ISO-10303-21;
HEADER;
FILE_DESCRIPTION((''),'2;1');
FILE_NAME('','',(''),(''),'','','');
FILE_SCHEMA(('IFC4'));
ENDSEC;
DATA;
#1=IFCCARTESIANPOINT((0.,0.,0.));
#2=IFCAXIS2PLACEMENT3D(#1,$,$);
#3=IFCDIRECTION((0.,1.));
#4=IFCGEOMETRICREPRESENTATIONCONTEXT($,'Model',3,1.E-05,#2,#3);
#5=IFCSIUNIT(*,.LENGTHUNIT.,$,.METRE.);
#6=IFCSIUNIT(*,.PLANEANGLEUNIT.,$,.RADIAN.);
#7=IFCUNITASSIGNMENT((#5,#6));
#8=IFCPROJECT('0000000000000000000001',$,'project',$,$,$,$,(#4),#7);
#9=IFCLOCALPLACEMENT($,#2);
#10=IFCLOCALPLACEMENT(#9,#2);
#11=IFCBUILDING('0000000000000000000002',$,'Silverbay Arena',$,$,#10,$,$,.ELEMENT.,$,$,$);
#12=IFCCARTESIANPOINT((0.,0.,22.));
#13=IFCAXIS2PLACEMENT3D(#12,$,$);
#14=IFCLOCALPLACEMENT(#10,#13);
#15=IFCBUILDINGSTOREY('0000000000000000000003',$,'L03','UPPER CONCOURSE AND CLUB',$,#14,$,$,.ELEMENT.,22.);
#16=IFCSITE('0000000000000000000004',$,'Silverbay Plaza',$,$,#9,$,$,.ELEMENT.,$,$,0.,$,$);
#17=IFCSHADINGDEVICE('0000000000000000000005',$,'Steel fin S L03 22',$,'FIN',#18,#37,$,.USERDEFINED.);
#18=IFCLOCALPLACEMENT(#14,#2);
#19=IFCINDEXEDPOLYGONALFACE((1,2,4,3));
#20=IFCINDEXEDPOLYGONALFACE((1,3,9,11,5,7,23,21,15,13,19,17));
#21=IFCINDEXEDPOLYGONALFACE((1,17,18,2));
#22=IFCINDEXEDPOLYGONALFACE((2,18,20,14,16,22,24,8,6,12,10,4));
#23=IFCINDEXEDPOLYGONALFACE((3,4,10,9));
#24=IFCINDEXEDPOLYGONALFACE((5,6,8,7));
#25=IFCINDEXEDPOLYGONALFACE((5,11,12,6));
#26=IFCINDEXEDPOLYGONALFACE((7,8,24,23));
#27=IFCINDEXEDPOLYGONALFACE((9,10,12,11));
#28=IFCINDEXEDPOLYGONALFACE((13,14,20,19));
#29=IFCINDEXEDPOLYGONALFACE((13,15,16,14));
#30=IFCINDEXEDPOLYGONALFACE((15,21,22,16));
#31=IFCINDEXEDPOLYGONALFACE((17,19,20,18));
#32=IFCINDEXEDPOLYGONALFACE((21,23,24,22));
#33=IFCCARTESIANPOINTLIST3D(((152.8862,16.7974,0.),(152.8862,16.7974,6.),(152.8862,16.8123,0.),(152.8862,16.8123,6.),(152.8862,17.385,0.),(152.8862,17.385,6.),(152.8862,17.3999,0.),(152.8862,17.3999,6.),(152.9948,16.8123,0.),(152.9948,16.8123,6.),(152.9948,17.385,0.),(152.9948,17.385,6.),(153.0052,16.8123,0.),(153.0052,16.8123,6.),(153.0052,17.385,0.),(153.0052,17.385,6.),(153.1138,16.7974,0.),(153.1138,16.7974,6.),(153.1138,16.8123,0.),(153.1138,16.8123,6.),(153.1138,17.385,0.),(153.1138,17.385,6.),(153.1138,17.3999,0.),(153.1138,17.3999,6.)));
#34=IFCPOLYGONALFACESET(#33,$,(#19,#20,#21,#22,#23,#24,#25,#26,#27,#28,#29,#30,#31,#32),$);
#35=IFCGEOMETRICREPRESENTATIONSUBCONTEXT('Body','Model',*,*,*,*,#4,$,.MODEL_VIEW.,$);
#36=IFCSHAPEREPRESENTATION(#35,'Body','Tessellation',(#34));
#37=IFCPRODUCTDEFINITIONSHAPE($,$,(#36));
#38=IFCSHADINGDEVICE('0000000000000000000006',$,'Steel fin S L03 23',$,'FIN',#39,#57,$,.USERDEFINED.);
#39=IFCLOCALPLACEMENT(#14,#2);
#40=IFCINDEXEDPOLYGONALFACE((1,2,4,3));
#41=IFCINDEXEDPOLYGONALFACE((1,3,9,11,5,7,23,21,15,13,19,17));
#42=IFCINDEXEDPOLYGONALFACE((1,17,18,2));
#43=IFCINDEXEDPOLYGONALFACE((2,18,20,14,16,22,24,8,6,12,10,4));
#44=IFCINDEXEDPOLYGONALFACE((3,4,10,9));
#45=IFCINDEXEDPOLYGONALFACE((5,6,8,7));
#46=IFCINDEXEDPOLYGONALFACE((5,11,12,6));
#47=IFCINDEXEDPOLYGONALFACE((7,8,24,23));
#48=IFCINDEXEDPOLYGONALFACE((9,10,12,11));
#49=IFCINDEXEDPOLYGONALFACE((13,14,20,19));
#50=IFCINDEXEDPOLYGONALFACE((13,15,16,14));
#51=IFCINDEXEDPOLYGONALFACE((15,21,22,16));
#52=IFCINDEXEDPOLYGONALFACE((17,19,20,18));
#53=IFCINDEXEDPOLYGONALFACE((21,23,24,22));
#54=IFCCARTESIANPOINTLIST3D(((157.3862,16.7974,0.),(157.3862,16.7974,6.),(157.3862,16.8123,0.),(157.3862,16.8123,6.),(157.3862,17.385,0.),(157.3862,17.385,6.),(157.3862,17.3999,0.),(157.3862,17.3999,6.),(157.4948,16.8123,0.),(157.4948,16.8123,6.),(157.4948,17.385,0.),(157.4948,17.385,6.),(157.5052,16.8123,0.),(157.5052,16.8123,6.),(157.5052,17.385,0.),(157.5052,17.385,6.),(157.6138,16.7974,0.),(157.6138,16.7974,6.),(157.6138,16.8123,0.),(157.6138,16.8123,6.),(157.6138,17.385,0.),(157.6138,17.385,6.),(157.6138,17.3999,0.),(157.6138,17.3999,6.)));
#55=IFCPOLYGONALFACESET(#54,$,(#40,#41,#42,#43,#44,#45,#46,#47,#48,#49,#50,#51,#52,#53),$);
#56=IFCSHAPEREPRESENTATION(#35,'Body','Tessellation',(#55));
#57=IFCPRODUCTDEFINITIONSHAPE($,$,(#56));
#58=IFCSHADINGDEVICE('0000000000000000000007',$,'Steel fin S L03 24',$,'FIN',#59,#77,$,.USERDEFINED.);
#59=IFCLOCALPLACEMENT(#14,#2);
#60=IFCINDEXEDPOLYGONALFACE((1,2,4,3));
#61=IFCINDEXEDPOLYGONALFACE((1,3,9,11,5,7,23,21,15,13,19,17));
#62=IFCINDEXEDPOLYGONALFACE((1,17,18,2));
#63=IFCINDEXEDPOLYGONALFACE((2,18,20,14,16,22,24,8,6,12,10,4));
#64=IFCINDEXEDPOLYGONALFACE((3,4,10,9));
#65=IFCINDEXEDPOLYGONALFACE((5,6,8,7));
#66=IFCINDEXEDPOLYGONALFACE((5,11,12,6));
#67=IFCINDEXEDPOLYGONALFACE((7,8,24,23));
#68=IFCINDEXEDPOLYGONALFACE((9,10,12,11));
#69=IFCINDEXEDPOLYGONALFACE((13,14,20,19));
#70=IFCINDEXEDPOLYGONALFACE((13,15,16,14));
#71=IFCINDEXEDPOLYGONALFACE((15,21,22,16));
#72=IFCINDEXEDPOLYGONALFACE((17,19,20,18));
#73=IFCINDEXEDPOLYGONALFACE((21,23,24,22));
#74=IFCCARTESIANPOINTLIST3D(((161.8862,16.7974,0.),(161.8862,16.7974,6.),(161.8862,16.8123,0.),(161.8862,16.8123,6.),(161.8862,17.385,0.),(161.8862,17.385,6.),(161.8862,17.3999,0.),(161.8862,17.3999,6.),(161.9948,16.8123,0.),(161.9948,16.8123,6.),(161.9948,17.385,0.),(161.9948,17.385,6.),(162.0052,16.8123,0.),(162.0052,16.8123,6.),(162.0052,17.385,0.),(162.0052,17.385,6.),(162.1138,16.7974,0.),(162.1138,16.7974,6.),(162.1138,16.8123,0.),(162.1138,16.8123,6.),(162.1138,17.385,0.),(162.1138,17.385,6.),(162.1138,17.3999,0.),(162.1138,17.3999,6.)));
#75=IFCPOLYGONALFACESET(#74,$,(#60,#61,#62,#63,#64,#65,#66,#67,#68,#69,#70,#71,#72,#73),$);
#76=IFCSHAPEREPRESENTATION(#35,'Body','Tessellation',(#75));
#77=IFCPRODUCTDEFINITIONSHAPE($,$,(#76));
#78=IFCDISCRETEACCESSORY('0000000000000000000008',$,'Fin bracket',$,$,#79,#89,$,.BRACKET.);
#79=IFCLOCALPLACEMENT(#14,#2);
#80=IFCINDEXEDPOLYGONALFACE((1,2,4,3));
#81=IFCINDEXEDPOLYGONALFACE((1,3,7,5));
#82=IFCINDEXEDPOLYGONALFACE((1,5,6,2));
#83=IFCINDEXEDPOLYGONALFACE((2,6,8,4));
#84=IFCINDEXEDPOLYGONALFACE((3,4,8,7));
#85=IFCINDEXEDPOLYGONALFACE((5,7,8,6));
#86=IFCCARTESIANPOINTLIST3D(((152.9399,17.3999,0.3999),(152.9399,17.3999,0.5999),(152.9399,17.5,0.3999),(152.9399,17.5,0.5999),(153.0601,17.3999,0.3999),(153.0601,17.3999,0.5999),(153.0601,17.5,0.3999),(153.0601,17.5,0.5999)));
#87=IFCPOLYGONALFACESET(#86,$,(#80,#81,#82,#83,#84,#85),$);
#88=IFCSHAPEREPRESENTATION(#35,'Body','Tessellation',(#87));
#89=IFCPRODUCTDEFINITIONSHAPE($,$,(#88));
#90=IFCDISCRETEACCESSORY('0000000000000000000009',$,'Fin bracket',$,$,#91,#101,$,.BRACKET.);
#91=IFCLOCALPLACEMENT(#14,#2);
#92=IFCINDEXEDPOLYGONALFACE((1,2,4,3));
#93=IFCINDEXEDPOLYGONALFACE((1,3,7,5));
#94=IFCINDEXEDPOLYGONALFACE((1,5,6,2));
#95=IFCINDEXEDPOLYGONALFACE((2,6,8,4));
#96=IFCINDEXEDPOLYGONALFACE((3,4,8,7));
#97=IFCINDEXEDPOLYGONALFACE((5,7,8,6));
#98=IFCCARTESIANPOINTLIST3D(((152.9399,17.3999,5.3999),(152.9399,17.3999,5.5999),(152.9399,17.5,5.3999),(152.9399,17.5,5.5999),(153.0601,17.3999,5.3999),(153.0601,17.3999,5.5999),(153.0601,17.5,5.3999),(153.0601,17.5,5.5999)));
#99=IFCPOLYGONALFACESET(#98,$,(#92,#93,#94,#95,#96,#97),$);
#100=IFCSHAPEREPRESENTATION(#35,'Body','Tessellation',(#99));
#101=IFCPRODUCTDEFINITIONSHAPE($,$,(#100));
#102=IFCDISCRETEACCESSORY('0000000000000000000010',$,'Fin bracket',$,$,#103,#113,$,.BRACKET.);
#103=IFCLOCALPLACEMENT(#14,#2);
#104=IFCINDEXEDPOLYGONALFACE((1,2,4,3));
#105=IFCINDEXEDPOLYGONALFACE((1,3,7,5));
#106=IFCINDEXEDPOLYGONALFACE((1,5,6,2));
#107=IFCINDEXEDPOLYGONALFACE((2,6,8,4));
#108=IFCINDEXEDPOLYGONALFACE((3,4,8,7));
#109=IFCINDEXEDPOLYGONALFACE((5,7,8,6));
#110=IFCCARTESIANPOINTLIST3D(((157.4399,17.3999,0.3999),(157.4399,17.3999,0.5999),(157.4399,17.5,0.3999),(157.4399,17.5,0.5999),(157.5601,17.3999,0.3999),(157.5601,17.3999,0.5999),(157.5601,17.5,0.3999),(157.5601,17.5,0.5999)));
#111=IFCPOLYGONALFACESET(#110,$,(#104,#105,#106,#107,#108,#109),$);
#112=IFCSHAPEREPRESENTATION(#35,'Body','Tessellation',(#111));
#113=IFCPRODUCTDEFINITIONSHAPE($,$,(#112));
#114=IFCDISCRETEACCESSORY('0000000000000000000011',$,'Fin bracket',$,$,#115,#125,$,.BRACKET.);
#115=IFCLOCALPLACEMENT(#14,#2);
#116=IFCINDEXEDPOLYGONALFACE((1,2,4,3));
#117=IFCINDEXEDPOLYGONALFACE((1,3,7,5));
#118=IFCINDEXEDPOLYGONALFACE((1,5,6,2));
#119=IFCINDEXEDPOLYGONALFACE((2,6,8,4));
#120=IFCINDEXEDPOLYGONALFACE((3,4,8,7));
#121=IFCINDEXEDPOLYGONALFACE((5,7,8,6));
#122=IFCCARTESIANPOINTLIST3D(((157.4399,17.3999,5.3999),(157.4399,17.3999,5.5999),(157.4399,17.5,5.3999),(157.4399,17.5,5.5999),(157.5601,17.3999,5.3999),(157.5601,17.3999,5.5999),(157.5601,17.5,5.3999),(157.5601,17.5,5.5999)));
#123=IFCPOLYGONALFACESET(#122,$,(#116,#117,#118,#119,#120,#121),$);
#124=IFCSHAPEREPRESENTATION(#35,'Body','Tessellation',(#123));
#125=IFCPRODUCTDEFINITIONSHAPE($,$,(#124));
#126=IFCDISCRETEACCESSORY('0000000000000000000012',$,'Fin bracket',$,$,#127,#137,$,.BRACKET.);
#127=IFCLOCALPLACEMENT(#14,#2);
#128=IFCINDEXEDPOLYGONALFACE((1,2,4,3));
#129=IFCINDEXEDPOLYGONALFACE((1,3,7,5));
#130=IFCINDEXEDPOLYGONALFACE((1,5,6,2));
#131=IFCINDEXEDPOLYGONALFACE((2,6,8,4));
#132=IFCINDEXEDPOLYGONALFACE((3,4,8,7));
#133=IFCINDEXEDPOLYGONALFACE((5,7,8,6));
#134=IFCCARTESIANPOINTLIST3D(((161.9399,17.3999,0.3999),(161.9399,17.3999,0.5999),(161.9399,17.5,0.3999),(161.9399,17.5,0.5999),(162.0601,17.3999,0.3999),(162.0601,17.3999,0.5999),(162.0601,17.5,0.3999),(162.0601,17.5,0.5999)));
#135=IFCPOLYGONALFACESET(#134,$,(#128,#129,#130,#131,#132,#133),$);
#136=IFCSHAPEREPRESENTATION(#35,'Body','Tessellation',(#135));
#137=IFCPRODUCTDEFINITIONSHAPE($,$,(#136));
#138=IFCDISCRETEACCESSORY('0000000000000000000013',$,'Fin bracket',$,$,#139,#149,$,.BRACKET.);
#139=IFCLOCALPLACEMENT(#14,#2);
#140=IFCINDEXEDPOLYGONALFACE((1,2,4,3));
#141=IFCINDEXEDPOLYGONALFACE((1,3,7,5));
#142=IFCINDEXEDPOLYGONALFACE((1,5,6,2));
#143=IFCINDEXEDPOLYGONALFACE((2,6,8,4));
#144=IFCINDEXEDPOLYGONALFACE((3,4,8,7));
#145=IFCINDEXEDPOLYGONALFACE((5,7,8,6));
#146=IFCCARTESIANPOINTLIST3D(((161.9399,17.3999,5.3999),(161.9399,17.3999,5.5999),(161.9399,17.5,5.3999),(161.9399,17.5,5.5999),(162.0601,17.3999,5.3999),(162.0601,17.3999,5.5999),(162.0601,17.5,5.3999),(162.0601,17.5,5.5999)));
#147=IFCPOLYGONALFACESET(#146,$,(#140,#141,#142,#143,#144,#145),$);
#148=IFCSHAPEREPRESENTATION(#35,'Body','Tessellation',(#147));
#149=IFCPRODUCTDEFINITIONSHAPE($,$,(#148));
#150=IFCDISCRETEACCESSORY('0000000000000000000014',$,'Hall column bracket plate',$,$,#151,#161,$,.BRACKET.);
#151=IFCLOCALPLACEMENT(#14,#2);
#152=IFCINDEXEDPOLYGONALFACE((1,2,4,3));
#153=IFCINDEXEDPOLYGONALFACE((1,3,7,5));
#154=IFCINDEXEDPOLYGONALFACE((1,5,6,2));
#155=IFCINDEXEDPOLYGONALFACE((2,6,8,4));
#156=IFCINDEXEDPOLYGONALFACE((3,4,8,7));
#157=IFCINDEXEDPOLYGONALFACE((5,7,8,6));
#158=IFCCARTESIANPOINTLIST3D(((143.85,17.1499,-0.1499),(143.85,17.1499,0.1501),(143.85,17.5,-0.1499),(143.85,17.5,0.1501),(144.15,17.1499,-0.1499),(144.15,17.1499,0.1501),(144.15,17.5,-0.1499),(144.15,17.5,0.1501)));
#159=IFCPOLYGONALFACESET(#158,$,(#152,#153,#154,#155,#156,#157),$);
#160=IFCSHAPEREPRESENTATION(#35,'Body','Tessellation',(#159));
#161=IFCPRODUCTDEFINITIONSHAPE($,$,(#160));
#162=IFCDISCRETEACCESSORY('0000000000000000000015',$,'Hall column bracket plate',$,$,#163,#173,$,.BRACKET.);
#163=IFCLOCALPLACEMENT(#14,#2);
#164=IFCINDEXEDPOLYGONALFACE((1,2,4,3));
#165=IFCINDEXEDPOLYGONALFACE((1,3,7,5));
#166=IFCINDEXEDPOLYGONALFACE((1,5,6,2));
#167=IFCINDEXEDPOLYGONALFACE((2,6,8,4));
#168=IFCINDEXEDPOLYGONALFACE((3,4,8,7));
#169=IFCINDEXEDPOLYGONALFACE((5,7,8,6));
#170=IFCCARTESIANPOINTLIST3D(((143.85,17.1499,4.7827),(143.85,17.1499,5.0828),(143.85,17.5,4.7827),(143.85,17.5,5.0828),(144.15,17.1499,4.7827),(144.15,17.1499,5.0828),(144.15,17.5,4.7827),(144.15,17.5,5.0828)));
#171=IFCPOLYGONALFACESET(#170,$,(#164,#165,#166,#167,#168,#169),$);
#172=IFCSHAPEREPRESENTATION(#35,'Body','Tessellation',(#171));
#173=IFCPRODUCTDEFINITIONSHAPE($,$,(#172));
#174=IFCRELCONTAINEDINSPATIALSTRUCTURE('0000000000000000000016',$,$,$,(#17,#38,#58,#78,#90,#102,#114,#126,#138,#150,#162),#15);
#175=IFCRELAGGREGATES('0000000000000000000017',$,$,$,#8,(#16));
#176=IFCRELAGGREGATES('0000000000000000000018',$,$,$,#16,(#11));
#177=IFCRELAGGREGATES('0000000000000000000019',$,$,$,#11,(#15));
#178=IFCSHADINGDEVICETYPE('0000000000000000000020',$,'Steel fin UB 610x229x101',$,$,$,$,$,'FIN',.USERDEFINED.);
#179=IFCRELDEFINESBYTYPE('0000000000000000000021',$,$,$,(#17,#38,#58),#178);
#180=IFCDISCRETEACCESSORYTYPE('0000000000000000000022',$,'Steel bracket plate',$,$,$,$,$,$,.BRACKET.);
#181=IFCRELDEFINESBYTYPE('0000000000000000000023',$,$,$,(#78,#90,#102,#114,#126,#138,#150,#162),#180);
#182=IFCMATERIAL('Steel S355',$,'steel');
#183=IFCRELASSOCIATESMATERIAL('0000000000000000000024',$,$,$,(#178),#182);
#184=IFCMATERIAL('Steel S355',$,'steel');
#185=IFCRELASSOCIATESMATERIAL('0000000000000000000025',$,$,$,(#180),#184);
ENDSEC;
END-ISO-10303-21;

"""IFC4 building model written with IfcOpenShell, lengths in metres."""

from ifc_helpers import new_model, si_unit, direction, frame, origin, origin_2d, place, context, subcontext, project, spatial, rectangle, i_section, extrude, material, material_profile, profile_set, type_object, element, save


model = new_model("IFC4")

# Units and contexts
model_context = context("Model", 3, precision=1e-05, world=origin(), true_north=direction((0.0, 1.0)))
body_context = subcontext(model_context, "Body", "Model", "MODEL_VIEW")
ifc_project = project(units=[si_unit("LENGTHUNIT", "METRE"), si_unit("PLANEANGLEUNIT", "RADIAN")], contexts=[model_context])

# Site, building, storey
site_placement = place(None, origin())
site = spatial("IfcSite", under=ifc_project, at=site_placement, Name="Silverbay Plaza", CompositionType="ELEMENT", RefElevation=0.0)
building_placement = place(site_placement, origin())
building = spatial("IfcBuilding", under=site, at=building_placement, Name="Silverbay Arena", CompositionType="ELEMENT")
storey_placement = place(building_placement, frame((0.0, 0.0, 22.0)))
storey = spatial("IfcBuildingStorey", under=building, at=storey_placement, Name="L03", Description="UPPER CONCOURSE AND CLUB", CompositionType="ELEMENT", Elevation=22.0)

# Shading devices
ifc_material_1 = material(Name="Steel S355", Category="steel")
ifc_material_profile_1 = material_profile(ifc_material_1, i_section(OverallWidth=0.2275, OverallDepth=0.6025, WebThickness=0.0105, FlangeThickness=0.0149, at=origin_2d()), Name="UB 610x229x101")
ifc_profile_set_1 = profile_set([ifc_material_profile_1], Name="Steel S355")
shading_device_type = type_object("IfcShadingDeviceType", Name="Steel fin UB 610x229x101", ElementType="FIN", PredefinedType="USERDEFINED", material=ifc_profile_set_1)
for number, where, z_axis, x_axis, name in (
    (1, (153.0, 17.0986, 0.0), (0.0, 0.0, 1.0), (1.0, 0.0, 0.0), "Steel fin S L03 22"),
    (2, (157.5, 17.0986, 0.0), (0.0, 0.0, 1.0), (1.0, 0.0, 0.0), "Steel fin S L03 23"),
    (3, (162.0, 17.0986, 0.0), (0.0, 0.0, 1.0), (1.0, 0.0, 0.0), "Steel fin S L03 24"),
):
    element("IfcShadingDevice", number, at=place(storey_placement, frame(where, z_axis=z_axis, x_axis=x_axis)), inside=storey, type_object=shading_device_type, Name=name, ObjectType="FIN", PredefinedType="USERDEFINED", context=body_context, shape_type="SweptSolid", body=[
        extrude(i_section(OverallWidth=0.2275, OverallDepth=0.6025, WebThickness=0.0105, FlangeThickness=0.0149, at=origin_2d()), origin(), (0.0, 0.0, 1.0), 6.0),
    ])

# Discrete accessories
ifc_material_2 = material(Name="Steel S355", Category="steel")
discrete_accessory_type = type_object("IfcDiscreteAccessoryType", Name="Steel bracket plate", PredefinedType="BRACKET", material=ifc_material_2)
for number, where, z_axis, x_axis, name in (
    (4, (153.0, 17.45, 0.3999), (0.0, 0.0, 1.0), (1.0, 0.0, 0.0), "Fin bracket"),
    (5, (153.0, 17.45, 5.3999), (0.0, 0.0, 1.0), (1.0, 0.0, 0.0), "Fin bracket"),
    (6, (157.5, 17.45, 0.3999), (0.0, 0.0, 1.0), (1.0, 0.0, 0.0), "Fin bracket"),
    (7, (157.5, 17.45, 5.3999), (0.0, 0.0, 1.0), (1.0, 0.0, 0.0), "Fin bracket"),
    (8, (162.0, 17.45, 0.3999), (0.0, 0.0, 1.0), (1.0, 0.0, 0.0), "Fin bracket"),
    (9, (162.0, 17.45, 5.3999), (0.0, 0.0, 1.0), (1.0, 0.0, 0.0), "Fin bracket"),
):
    element("IfcDiscreteAccessory", number, at=place(storey_placement, frame(where, z_axis=z_axis, x_axis=x_axis)), inside=storey, type_object=discrete_accessory_type, Name=name, PredefinedType="BRACKET", context=body_context, shape_type="SweptSolid", body=[
        extrude(rectangle(XDim=0.1201, YDim=0.1001, at=origin_2d()), origin(), (0.0, 0.0, 1.0), 0.2),
    ])
for number, where, z_axis, x_axis, name in (
    (10, (144.0, 17.325, -0.1499), (0.0, 0.0, 1.0), (1.0, 0.0, 0.0), "Hall column bracket plate"),
    (11, (144.0, 17.325, 4.7827), (0.0, 0.0, 1.0), (1.0, 0.0, 0.0), "Hall column bracket plate"),
):
    element("IfcDiscreteAccessory", number, at=place(storey_placement, frame(where, z_axis=z_axis, x_axis=x_axis)), inside=storey, type_object=discrete_accessory_type, Name=name, PredefinedType="BRACKET", context=body_context, shape_type="SweptSolid", body=[
        extrude(rectangle(XDim=0.3, YDim=0.3501, at=origin_2d()), origin(), (0.0, 0.0, 1.0), 0.3),
    ])

save(model, "model.ifc")
